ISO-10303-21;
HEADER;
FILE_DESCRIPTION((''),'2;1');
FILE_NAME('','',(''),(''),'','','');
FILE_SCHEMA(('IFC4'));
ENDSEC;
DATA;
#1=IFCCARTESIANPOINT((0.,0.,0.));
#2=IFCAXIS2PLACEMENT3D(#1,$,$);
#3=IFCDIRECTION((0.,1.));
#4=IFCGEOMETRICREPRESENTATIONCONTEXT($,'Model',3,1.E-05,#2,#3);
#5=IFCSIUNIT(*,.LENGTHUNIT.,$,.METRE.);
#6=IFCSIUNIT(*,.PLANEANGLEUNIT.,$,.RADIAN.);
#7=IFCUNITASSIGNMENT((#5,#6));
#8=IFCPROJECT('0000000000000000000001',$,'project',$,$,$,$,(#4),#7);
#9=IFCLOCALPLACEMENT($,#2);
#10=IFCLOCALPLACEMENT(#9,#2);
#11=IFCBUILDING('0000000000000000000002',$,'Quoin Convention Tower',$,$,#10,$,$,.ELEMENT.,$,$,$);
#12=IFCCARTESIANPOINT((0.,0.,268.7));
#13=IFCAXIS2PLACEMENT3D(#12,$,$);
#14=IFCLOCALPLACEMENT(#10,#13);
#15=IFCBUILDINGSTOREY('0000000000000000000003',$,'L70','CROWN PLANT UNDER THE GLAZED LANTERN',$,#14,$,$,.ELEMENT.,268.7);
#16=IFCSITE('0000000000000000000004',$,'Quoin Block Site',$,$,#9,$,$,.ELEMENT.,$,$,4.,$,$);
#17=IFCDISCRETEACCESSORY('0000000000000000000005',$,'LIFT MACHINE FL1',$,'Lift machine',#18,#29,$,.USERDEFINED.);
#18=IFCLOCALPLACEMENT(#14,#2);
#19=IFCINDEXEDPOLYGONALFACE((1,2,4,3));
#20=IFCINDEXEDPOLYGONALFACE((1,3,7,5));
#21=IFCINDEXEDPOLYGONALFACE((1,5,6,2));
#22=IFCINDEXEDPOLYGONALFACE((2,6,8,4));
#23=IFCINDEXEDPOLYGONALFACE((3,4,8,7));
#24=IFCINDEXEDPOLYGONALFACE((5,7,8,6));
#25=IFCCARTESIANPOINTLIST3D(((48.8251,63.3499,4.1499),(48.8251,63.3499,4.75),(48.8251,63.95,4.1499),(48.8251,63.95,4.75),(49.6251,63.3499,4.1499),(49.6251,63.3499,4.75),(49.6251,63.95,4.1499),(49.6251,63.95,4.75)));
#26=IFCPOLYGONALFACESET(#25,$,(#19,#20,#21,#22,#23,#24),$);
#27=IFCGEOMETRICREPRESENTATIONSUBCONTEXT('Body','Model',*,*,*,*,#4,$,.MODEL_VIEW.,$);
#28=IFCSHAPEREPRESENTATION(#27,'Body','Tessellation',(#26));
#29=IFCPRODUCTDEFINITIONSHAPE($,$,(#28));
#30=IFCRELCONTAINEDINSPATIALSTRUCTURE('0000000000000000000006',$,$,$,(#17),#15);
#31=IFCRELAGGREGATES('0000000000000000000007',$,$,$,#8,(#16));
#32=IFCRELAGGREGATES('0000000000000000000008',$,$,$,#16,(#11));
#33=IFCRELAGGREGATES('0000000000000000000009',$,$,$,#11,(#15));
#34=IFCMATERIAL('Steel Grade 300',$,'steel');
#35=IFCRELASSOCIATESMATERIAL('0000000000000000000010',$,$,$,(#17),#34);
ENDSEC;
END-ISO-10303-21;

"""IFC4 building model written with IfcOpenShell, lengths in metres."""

from ifc_helpers import new_model, si_unit, direction, frame, origin, origin_2d, place, context, subcontext, project, spatial, rectangle, extrude, material, element, save


model = new_model("IFC4")

# Units and contexts
model_context = context("Model", 3, precision=1e-05, world=origin(), true_north=direction((0.0, 1.0)))
body_context = subcontext(model_context, "Body", "Model", "MODEL_VIEW")
ifc_project = project(units=[si_unit("LENGTHUNIT", "METRE"), si_unit("PLANEANGLEUNIT", "RADIAN")], contexts=[model_context])

# Site, building, storey
site_placement = place(None, origin())
site = spatial("IfcSite", under=ifc_project, at=site_placement, Name="Quoin Block Site", CompositionType="ELEMENT", RefElevation=4.0)
building_placement = place(site_placement, origin())
building = spatial("IfcBuilding", under=site, at=building_placement, Name="Quoin Convention Tower", CompositionType="ELEMENT")
storey_placement = place(building_placement, frame((0.0, 0.0, 268.7)))
storey = spatial("IfcBuildingStorey", under=building, at=storey_placement, Name="L70", Description="CROWN PLANT UNDER THE GLAZED LANTERN", CompositionType="ELEMENT", Elevation=268.7)

# Shared definitions
ifc_material_1 = material(Name="Steel Grade 300", Category="steel")

# Discrete accessory
discrete_accessory_placement = place(storey_placement, frame((49.2251, 63.6499, 4.1499), z_axis=(0.0, 0.0, 1.0), x_axis=(1.0, 0.0, 0.0)))
element("IfcDiscreteAccessory", 1, at=discrete_accessory_placement, inside=storey, material=ifc_material_1, Name="LIFT MACHINE FL1", ObjectType="Lift machine", PredefinedType="USERDEFINED", context=body_context, shape_type="SweptSolid", body=[
    extrude(rectangle(XDim=0.8, YDim=0.6001, at=origin_2d()), origin(), (0.0, 0.0, 1.0), 0.6001),
])

save(model, "model.ifc")
